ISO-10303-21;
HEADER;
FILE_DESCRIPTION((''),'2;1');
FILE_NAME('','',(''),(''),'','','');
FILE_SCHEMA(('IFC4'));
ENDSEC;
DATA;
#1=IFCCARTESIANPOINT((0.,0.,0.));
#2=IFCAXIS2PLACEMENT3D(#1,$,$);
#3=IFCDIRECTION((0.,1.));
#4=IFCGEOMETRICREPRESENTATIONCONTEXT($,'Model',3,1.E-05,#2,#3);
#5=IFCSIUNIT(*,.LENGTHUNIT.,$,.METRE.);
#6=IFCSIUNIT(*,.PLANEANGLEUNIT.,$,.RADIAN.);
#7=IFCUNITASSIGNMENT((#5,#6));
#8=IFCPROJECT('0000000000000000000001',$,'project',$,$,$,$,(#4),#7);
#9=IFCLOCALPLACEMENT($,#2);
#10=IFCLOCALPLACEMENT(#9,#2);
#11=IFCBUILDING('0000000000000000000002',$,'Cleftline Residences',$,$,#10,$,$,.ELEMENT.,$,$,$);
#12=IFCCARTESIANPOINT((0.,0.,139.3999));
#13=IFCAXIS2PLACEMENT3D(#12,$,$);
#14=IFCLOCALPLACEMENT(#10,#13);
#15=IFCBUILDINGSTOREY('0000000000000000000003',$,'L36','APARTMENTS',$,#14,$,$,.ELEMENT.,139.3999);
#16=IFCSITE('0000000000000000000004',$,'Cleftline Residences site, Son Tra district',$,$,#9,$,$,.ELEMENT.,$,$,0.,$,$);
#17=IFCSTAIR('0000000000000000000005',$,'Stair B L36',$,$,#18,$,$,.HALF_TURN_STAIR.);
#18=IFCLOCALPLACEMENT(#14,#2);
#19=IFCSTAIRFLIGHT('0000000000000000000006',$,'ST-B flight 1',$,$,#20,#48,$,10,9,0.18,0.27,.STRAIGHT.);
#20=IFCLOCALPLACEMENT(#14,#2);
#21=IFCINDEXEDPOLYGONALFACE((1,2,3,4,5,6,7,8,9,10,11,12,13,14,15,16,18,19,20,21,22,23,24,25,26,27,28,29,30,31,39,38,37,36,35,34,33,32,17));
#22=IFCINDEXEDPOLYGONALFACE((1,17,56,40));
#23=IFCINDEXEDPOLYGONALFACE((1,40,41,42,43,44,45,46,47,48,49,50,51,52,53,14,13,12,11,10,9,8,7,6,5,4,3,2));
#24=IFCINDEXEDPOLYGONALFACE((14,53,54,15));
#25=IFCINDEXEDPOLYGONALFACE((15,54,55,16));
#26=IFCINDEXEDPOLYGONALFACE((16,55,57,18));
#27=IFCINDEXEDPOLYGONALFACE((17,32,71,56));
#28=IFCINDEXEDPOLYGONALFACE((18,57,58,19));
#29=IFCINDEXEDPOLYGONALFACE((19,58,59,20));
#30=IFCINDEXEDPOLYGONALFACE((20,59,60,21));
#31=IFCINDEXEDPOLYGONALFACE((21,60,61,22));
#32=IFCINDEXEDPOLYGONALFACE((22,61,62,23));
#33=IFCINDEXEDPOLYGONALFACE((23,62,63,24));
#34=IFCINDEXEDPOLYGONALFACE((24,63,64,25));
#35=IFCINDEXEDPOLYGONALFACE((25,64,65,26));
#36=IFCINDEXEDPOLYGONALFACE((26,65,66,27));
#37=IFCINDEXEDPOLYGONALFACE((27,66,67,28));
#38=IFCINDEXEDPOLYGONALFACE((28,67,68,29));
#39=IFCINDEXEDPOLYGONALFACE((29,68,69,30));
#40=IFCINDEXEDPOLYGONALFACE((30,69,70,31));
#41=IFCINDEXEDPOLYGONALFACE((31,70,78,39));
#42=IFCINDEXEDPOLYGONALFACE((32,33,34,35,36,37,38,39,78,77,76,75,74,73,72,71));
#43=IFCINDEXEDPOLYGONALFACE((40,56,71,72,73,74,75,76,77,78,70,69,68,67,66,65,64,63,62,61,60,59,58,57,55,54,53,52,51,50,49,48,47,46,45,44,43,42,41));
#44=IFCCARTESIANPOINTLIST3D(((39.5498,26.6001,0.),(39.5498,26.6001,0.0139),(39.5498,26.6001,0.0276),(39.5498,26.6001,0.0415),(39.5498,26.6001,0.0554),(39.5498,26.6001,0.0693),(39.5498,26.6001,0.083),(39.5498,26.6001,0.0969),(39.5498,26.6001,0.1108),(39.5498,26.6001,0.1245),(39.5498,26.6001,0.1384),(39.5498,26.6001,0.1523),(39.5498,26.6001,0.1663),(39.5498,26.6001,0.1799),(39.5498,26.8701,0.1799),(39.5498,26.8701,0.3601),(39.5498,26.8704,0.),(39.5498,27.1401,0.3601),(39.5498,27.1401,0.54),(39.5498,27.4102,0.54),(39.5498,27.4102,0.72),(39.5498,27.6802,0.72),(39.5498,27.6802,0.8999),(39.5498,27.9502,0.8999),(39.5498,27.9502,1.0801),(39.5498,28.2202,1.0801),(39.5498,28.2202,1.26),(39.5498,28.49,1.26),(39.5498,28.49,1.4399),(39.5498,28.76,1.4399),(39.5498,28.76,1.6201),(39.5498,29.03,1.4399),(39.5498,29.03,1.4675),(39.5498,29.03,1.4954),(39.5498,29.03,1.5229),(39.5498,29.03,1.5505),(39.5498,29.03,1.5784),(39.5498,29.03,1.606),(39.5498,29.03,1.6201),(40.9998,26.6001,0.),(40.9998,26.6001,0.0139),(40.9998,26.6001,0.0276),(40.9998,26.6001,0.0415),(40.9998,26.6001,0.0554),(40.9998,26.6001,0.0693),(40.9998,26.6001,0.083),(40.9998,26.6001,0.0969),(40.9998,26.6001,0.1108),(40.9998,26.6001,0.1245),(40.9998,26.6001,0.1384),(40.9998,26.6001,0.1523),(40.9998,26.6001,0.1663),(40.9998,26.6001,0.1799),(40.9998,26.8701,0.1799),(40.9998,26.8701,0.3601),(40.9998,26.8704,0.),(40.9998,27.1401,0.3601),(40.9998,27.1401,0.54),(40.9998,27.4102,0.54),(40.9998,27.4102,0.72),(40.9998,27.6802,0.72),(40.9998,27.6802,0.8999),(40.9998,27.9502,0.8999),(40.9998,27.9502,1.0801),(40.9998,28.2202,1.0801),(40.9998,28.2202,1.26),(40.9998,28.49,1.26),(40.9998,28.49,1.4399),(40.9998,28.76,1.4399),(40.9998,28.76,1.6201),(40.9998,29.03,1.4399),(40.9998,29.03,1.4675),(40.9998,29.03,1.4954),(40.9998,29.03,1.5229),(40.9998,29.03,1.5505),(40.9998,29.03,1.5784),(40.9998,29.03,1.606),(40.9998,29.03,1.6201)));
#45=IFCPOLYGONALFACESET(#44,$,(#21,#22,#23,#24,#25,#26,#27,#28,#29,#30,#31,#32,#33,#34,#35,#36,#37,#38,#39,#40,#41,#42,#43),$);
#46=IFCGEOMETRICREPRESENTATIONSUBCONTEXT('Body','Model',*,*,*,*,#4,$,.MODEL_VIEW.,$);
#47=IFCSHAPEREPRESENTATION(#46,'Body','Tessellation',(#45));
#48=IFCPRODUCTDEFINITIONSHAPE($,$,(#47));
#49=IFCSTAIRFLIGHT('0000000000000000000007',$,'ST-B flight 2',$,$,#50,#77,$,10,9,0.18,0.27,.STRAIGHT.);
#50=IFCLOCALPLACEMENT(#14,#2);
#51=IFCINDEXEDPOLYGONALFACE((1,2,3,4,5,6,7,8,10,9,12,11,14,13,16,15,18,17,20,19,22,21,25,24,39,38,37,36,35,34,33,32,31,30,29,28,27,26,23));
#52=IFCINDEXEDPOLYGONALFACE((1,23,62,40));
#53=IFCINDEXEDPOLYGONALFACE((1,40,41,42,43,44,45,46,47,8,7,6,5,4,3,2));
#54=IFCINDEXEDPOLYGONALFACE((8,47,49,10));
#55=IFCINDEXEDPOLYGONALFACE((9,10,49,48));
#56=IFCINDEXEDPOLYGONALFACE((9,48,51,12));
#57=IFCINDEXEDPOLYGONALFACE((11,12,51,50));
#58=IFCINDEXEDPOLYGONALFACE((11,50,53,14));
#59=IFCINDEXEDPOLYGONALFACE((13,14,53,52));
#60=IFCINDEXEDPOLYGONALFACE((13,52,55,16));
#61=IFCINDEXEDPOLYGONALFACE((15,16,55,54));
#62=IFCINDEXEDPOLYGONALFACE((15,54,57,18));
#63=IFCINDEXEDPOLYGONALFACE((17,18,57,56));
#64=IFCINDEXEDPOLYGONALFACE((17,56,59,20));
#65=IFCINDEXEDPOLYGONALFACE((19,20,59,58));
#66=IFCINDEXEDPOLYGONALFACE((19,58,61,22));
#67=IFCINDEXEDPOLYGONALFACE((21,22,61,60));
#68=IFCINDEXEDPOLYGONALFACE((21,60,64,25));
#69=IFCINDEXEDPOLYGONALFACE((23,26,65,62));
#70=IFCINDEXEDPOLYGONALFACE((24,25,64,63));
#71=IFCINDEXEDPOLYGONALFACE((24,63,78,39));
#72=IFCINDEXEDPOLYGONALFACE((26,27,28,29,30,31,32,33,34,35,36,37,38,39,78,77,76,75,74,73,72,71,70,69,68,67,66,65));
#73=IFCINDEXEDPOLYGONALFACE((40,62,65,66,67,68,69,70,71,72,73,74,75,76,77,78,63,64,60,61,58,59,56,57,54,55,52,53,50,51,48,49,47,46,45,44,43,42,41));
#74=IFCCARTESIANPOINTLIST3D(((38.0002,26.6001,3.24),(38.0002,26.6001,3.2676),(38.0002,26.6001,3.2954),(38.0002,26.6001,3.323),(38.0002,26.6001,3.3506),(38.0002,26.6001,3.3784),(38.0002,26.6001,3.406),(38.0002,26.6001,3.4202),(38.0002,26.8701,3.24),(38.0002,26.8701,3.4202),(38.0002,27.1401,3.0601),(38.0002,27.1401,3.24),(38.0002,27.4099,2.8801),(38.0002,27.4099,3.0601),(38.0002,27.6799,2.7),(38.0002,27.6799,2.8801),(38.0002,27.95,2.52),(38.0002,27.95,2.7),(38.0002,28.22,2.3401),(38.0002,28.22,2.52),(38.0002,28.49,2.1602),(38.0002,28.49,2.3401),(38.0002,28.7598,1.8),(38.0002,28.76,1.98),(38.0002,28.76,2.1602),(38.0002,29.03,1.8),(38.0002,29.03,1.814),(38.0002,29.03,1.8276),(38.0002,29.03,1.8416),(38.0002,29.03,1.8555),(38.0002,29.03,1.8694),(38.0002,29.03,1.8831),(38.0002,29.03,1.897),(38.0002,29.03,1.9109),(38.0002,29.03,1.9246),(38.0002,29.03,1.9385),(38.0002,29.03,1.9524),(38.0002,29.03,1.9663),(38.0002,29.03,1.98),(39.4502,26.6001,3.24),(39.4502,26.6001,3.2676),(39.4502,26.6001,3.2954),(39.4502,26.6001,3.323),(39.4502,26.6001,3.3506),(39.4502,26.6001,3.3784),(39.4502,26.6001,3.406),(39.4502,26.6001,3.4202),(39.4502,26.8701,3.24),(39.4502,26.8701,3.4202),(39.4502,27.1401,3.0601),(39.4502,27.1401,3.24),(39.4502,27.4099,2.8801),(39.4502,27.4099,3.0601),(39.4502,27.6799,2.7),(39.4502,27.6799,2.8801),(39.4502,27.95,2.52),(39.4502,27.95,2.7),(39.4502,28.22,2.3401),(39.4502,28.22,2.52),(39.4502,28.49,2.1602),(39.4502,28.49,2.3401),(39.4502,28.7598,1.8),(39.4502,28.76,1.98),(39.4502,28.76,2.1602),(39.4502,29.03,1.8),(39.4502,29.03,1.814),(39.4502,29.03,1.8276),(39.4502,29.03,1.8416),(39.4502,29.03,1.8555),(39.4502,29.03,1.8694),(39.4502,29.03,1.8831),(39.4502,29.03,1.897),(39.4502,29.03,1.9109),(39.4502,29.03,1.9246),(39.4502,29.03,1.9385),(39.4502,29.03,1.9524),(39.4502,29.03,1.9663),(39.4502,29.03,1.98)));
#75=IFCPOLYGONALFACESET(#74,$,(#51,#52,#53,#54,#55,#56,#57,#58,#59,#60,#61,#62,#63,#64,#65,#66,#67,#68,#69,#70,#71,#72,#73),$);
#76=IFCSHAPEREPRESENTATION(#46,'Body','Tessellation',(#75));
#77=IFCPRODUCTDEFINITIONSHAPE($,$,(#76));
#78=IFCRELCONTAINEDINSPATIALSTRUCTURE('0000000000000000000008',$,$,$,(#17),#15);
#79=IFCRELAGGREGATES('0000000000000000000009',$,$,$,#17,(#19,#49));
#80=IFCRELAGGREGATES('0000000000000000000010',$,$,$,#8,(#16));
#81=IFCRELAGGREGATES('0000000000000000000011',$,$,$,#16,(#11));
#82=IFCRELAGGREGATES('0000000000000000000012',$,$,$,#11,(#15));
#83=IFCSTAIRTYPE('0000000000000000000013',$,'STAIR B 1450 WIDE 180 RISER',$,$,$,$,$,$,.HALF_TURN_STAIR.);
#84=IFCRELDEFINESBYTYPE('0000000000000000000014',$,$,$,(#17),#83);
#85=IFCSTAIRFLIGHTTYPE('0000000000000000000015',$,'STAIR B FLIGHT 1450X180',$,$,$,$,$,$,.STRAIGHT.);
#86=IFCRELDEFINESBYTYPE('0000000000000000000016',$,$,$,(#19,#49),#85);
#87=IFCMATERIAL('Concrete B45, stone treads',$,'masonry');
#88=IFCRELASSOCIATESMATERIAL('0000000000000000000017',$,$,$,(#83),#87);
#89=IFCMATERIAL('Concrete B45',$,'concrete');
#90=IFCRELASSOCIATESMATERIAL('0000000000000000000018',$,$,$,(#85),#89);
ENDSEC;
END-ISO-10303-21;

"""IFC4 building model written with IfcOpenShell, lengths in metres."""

from ifc_helpers import new_model, si_unit, direction, frame, origin, place, context, subcontext, project, spatial, polyline, outline, extrude, material, type_object, element, aggregate, save


model = new_model("IFC4")

# Units and contexts
model_context = context("Model", 3, precision=1e-05, world=origin(), true_north=direction((0.0, 1.0)))
body_context = subcontext(model_context, "Body", "Model", "MODEL_VIEW")
ifc_project = project(units=[si_unit("LENGTHUNIT", "METRE"), si_unit("PLANEANGLEUNIT", "RADIAN")], contexts=[model_context])

# Site, building, storey
site_placement = place(None, origin())
site = spatial("IfcSite", under=ifc_project, at=site_placement, Name="Cleftline Residences site, Son Tra district", CompositionType="ELEMENT", RefElevation=0.0)
building_placement = place(site_placement, origin())
building = spatial("IfcBuilding", under=site, at=building_placement, Name="Cleftline Residences", CompositionType="ELEMENT")
storey_placement = place(building_placement, frame((0.0, 0.0, 139.3999)))
storey = spatial("IfcBuildingStorey", under=building, at=storey_placement, Name="L36", Description="APARTMENTS", CompositionType="ELEMENT", Elevation=139.3999)

# Stair, stair flights
ifc_material_1 = material(Name="Concrete B45, stone treads", Category="masonry")
stair_type = type_object("IfcStairType", Name="STAIR B 1450 WIDE 180 RISER", PredefinedType="HALF_TURN_STAIR", material=ifc_material_1)
stair_placement = place(storey_placement, origin())
stair = element("IfcStair", 1, at=stair_placement, inside=storey, type_object=stair_type, Name="Stair B L36", PredefinedType="HALF_TURN_STAIR")
ifc_material_2 = material(Name="Concrete B45", Category="concrete")
stair_flight_type = type_object("IfcStairFlightType", Name="STAIR B FLIGHT 1450X180", PredefinedType="STRAIGHT", material=ifc_material_2)
stair_flight_1_placement = place(storey_placement, frame((40.2749, 26.6001, 0.0), z_axis=(0.0, 0.0, 1.0), x_axis=(0.0, 1.0, 0.0)))
stair_flight_1 = element("IfcStairFlight", 2, at=stair_flight_1_placement, type_object=stair_flight_type, Name="ST-B flight 1", NumberOfRisers=10, NumberOfTreads=9, PredefinedType="STRAIGHT", RiserHeight=0.18, TreadLength=0.27, context=body_context, shape_type="SweptSolid", body=[
    extrude(outline(polyline([(0.0, 0.0), (0.0, 0.0139), (0.0, 0.0276), (0.0, 0.0415), (0.0, 0.0554), (0.0, 0.0693), (0.0, 0.083), (0.0, 0.0969), (0.0, 0.1108), (0.0, 0.1245), (0.0, 0.1384), (0.0, 0.1523), (0.0, 0.1663), (0.0, 0.1799), (0.27, 0.1799), (0.27, 0.3601), (0.54, 0.3601), (0.54, 0.54), (0.8101, 0.54), (0.8101, 0.72), (1.0801, 0.72), (1.0801, 0.8999), (1.3501, 0.8999), (1.3501, 1.0801), (1.6201, 1.0801), (1.6201, 1.26), (1.8899, 1.26), (1.8899, 1.4399), (2.1599, 1.4399), (2.1599, 1.6201), (2.4299, 1.6201), (2.4299, 1.8), (2.4299, 1.7722), (2.4299, 1.7446), (2.4299, 1.7168), (2.4299, 1.6892), (2.4299, 1.6614), (2.4299, 1.6338), (2.4299, 1.606), (2.4299, 1.5784), (2.4299, 1.5505), (2.4299, 1.5229), (2.4299, 1.4954), (2.4299, 1.4675), (2.4299, 1.4399), (0.2703, 0.0), (0.0, 0.0)])), frame((0.0, 0.7251, 0.0), z_axis=(0.0, -1.0, 0.0), x_axis=(1.0, 0.0, 0.0)), (0.0, 0.0, 1.0), 1.45),
])
stair_flight_2_placement = place(storey_placement, frame((38.7251, 29.03, 1.8), z_axis=(0.0, 0.0, 1.0), x_axis=(0.0, -1.0, 0.0)))
stair_flight_2 = element("IfcStairFlight", 3, at=stair_flight_2_placement, type_object=stair_flight_type, Name="ST-B flight 2", NumberOfRisers=10, NumberOfTreads=9, PredefinedType="STRAIGHT", RiserHeight=0.18, TreadLength=0.27, context=body_context, shape_type="SweptSolid", body=[
    extrude(outline(polyline([(0.0, 0.0), (0.0, 0.0139), (0.0, 0.0276), (0.0, 0.0415), (0.0, 0.0554), (0.0, 0.0693), (0.0, 0.083), (0.0, 0.0969), (0.0, 0.1108), (0.0, 0.1245), (0.0, 0.1384), (0.0, 0.1523), (0.0, 0.1663), (0.0, 0.1799), (0.27, 0.1799), (0.27, 0.3601), (0.54, 0.3601), (0.54, 0.54), (0.8101, 0.54), (0.8101, 0.72), (1.0801, 0.72), (1.0801, 0.8999), (1.3501, 0.8999), (1.3501, 1.0801), (1.6201, 1.0801), (1.6201, 1.26), (1.8899, 1.26), (1.8899, 1.4399), (2.1599, 1.4399), (2.1599, 1.6201), (2.4299, 1.6201), (2.4299, 1.8), (2.4299, 1.7722), (2.4299, 1.7446), (2.4299, 1.7168), (2.4299, 1.6892), (2.4299, 1.6614), (2.4299, 1.6338), (2.4299, 1.606), (2.4299, 1.5784), (2.4299, 1.5505), (2.4299, 1.5229), (2.4299, 1.4954), (2.4299, 1.4675), (2.4299, 1.4399), (0.2703, 0.0), (0.0, 0.0)])), frame((0.0, 0.7251, 0.0), z_axis=(0.0, -1.0, 0.0), x_axis=(1.0, 0.0, 0.0)), (0.0, 0.0, 1.0), 1.45),
])
aggregate(stair, [stair_flight_1, stair_flight_2])

save(model, "model.ifc")
